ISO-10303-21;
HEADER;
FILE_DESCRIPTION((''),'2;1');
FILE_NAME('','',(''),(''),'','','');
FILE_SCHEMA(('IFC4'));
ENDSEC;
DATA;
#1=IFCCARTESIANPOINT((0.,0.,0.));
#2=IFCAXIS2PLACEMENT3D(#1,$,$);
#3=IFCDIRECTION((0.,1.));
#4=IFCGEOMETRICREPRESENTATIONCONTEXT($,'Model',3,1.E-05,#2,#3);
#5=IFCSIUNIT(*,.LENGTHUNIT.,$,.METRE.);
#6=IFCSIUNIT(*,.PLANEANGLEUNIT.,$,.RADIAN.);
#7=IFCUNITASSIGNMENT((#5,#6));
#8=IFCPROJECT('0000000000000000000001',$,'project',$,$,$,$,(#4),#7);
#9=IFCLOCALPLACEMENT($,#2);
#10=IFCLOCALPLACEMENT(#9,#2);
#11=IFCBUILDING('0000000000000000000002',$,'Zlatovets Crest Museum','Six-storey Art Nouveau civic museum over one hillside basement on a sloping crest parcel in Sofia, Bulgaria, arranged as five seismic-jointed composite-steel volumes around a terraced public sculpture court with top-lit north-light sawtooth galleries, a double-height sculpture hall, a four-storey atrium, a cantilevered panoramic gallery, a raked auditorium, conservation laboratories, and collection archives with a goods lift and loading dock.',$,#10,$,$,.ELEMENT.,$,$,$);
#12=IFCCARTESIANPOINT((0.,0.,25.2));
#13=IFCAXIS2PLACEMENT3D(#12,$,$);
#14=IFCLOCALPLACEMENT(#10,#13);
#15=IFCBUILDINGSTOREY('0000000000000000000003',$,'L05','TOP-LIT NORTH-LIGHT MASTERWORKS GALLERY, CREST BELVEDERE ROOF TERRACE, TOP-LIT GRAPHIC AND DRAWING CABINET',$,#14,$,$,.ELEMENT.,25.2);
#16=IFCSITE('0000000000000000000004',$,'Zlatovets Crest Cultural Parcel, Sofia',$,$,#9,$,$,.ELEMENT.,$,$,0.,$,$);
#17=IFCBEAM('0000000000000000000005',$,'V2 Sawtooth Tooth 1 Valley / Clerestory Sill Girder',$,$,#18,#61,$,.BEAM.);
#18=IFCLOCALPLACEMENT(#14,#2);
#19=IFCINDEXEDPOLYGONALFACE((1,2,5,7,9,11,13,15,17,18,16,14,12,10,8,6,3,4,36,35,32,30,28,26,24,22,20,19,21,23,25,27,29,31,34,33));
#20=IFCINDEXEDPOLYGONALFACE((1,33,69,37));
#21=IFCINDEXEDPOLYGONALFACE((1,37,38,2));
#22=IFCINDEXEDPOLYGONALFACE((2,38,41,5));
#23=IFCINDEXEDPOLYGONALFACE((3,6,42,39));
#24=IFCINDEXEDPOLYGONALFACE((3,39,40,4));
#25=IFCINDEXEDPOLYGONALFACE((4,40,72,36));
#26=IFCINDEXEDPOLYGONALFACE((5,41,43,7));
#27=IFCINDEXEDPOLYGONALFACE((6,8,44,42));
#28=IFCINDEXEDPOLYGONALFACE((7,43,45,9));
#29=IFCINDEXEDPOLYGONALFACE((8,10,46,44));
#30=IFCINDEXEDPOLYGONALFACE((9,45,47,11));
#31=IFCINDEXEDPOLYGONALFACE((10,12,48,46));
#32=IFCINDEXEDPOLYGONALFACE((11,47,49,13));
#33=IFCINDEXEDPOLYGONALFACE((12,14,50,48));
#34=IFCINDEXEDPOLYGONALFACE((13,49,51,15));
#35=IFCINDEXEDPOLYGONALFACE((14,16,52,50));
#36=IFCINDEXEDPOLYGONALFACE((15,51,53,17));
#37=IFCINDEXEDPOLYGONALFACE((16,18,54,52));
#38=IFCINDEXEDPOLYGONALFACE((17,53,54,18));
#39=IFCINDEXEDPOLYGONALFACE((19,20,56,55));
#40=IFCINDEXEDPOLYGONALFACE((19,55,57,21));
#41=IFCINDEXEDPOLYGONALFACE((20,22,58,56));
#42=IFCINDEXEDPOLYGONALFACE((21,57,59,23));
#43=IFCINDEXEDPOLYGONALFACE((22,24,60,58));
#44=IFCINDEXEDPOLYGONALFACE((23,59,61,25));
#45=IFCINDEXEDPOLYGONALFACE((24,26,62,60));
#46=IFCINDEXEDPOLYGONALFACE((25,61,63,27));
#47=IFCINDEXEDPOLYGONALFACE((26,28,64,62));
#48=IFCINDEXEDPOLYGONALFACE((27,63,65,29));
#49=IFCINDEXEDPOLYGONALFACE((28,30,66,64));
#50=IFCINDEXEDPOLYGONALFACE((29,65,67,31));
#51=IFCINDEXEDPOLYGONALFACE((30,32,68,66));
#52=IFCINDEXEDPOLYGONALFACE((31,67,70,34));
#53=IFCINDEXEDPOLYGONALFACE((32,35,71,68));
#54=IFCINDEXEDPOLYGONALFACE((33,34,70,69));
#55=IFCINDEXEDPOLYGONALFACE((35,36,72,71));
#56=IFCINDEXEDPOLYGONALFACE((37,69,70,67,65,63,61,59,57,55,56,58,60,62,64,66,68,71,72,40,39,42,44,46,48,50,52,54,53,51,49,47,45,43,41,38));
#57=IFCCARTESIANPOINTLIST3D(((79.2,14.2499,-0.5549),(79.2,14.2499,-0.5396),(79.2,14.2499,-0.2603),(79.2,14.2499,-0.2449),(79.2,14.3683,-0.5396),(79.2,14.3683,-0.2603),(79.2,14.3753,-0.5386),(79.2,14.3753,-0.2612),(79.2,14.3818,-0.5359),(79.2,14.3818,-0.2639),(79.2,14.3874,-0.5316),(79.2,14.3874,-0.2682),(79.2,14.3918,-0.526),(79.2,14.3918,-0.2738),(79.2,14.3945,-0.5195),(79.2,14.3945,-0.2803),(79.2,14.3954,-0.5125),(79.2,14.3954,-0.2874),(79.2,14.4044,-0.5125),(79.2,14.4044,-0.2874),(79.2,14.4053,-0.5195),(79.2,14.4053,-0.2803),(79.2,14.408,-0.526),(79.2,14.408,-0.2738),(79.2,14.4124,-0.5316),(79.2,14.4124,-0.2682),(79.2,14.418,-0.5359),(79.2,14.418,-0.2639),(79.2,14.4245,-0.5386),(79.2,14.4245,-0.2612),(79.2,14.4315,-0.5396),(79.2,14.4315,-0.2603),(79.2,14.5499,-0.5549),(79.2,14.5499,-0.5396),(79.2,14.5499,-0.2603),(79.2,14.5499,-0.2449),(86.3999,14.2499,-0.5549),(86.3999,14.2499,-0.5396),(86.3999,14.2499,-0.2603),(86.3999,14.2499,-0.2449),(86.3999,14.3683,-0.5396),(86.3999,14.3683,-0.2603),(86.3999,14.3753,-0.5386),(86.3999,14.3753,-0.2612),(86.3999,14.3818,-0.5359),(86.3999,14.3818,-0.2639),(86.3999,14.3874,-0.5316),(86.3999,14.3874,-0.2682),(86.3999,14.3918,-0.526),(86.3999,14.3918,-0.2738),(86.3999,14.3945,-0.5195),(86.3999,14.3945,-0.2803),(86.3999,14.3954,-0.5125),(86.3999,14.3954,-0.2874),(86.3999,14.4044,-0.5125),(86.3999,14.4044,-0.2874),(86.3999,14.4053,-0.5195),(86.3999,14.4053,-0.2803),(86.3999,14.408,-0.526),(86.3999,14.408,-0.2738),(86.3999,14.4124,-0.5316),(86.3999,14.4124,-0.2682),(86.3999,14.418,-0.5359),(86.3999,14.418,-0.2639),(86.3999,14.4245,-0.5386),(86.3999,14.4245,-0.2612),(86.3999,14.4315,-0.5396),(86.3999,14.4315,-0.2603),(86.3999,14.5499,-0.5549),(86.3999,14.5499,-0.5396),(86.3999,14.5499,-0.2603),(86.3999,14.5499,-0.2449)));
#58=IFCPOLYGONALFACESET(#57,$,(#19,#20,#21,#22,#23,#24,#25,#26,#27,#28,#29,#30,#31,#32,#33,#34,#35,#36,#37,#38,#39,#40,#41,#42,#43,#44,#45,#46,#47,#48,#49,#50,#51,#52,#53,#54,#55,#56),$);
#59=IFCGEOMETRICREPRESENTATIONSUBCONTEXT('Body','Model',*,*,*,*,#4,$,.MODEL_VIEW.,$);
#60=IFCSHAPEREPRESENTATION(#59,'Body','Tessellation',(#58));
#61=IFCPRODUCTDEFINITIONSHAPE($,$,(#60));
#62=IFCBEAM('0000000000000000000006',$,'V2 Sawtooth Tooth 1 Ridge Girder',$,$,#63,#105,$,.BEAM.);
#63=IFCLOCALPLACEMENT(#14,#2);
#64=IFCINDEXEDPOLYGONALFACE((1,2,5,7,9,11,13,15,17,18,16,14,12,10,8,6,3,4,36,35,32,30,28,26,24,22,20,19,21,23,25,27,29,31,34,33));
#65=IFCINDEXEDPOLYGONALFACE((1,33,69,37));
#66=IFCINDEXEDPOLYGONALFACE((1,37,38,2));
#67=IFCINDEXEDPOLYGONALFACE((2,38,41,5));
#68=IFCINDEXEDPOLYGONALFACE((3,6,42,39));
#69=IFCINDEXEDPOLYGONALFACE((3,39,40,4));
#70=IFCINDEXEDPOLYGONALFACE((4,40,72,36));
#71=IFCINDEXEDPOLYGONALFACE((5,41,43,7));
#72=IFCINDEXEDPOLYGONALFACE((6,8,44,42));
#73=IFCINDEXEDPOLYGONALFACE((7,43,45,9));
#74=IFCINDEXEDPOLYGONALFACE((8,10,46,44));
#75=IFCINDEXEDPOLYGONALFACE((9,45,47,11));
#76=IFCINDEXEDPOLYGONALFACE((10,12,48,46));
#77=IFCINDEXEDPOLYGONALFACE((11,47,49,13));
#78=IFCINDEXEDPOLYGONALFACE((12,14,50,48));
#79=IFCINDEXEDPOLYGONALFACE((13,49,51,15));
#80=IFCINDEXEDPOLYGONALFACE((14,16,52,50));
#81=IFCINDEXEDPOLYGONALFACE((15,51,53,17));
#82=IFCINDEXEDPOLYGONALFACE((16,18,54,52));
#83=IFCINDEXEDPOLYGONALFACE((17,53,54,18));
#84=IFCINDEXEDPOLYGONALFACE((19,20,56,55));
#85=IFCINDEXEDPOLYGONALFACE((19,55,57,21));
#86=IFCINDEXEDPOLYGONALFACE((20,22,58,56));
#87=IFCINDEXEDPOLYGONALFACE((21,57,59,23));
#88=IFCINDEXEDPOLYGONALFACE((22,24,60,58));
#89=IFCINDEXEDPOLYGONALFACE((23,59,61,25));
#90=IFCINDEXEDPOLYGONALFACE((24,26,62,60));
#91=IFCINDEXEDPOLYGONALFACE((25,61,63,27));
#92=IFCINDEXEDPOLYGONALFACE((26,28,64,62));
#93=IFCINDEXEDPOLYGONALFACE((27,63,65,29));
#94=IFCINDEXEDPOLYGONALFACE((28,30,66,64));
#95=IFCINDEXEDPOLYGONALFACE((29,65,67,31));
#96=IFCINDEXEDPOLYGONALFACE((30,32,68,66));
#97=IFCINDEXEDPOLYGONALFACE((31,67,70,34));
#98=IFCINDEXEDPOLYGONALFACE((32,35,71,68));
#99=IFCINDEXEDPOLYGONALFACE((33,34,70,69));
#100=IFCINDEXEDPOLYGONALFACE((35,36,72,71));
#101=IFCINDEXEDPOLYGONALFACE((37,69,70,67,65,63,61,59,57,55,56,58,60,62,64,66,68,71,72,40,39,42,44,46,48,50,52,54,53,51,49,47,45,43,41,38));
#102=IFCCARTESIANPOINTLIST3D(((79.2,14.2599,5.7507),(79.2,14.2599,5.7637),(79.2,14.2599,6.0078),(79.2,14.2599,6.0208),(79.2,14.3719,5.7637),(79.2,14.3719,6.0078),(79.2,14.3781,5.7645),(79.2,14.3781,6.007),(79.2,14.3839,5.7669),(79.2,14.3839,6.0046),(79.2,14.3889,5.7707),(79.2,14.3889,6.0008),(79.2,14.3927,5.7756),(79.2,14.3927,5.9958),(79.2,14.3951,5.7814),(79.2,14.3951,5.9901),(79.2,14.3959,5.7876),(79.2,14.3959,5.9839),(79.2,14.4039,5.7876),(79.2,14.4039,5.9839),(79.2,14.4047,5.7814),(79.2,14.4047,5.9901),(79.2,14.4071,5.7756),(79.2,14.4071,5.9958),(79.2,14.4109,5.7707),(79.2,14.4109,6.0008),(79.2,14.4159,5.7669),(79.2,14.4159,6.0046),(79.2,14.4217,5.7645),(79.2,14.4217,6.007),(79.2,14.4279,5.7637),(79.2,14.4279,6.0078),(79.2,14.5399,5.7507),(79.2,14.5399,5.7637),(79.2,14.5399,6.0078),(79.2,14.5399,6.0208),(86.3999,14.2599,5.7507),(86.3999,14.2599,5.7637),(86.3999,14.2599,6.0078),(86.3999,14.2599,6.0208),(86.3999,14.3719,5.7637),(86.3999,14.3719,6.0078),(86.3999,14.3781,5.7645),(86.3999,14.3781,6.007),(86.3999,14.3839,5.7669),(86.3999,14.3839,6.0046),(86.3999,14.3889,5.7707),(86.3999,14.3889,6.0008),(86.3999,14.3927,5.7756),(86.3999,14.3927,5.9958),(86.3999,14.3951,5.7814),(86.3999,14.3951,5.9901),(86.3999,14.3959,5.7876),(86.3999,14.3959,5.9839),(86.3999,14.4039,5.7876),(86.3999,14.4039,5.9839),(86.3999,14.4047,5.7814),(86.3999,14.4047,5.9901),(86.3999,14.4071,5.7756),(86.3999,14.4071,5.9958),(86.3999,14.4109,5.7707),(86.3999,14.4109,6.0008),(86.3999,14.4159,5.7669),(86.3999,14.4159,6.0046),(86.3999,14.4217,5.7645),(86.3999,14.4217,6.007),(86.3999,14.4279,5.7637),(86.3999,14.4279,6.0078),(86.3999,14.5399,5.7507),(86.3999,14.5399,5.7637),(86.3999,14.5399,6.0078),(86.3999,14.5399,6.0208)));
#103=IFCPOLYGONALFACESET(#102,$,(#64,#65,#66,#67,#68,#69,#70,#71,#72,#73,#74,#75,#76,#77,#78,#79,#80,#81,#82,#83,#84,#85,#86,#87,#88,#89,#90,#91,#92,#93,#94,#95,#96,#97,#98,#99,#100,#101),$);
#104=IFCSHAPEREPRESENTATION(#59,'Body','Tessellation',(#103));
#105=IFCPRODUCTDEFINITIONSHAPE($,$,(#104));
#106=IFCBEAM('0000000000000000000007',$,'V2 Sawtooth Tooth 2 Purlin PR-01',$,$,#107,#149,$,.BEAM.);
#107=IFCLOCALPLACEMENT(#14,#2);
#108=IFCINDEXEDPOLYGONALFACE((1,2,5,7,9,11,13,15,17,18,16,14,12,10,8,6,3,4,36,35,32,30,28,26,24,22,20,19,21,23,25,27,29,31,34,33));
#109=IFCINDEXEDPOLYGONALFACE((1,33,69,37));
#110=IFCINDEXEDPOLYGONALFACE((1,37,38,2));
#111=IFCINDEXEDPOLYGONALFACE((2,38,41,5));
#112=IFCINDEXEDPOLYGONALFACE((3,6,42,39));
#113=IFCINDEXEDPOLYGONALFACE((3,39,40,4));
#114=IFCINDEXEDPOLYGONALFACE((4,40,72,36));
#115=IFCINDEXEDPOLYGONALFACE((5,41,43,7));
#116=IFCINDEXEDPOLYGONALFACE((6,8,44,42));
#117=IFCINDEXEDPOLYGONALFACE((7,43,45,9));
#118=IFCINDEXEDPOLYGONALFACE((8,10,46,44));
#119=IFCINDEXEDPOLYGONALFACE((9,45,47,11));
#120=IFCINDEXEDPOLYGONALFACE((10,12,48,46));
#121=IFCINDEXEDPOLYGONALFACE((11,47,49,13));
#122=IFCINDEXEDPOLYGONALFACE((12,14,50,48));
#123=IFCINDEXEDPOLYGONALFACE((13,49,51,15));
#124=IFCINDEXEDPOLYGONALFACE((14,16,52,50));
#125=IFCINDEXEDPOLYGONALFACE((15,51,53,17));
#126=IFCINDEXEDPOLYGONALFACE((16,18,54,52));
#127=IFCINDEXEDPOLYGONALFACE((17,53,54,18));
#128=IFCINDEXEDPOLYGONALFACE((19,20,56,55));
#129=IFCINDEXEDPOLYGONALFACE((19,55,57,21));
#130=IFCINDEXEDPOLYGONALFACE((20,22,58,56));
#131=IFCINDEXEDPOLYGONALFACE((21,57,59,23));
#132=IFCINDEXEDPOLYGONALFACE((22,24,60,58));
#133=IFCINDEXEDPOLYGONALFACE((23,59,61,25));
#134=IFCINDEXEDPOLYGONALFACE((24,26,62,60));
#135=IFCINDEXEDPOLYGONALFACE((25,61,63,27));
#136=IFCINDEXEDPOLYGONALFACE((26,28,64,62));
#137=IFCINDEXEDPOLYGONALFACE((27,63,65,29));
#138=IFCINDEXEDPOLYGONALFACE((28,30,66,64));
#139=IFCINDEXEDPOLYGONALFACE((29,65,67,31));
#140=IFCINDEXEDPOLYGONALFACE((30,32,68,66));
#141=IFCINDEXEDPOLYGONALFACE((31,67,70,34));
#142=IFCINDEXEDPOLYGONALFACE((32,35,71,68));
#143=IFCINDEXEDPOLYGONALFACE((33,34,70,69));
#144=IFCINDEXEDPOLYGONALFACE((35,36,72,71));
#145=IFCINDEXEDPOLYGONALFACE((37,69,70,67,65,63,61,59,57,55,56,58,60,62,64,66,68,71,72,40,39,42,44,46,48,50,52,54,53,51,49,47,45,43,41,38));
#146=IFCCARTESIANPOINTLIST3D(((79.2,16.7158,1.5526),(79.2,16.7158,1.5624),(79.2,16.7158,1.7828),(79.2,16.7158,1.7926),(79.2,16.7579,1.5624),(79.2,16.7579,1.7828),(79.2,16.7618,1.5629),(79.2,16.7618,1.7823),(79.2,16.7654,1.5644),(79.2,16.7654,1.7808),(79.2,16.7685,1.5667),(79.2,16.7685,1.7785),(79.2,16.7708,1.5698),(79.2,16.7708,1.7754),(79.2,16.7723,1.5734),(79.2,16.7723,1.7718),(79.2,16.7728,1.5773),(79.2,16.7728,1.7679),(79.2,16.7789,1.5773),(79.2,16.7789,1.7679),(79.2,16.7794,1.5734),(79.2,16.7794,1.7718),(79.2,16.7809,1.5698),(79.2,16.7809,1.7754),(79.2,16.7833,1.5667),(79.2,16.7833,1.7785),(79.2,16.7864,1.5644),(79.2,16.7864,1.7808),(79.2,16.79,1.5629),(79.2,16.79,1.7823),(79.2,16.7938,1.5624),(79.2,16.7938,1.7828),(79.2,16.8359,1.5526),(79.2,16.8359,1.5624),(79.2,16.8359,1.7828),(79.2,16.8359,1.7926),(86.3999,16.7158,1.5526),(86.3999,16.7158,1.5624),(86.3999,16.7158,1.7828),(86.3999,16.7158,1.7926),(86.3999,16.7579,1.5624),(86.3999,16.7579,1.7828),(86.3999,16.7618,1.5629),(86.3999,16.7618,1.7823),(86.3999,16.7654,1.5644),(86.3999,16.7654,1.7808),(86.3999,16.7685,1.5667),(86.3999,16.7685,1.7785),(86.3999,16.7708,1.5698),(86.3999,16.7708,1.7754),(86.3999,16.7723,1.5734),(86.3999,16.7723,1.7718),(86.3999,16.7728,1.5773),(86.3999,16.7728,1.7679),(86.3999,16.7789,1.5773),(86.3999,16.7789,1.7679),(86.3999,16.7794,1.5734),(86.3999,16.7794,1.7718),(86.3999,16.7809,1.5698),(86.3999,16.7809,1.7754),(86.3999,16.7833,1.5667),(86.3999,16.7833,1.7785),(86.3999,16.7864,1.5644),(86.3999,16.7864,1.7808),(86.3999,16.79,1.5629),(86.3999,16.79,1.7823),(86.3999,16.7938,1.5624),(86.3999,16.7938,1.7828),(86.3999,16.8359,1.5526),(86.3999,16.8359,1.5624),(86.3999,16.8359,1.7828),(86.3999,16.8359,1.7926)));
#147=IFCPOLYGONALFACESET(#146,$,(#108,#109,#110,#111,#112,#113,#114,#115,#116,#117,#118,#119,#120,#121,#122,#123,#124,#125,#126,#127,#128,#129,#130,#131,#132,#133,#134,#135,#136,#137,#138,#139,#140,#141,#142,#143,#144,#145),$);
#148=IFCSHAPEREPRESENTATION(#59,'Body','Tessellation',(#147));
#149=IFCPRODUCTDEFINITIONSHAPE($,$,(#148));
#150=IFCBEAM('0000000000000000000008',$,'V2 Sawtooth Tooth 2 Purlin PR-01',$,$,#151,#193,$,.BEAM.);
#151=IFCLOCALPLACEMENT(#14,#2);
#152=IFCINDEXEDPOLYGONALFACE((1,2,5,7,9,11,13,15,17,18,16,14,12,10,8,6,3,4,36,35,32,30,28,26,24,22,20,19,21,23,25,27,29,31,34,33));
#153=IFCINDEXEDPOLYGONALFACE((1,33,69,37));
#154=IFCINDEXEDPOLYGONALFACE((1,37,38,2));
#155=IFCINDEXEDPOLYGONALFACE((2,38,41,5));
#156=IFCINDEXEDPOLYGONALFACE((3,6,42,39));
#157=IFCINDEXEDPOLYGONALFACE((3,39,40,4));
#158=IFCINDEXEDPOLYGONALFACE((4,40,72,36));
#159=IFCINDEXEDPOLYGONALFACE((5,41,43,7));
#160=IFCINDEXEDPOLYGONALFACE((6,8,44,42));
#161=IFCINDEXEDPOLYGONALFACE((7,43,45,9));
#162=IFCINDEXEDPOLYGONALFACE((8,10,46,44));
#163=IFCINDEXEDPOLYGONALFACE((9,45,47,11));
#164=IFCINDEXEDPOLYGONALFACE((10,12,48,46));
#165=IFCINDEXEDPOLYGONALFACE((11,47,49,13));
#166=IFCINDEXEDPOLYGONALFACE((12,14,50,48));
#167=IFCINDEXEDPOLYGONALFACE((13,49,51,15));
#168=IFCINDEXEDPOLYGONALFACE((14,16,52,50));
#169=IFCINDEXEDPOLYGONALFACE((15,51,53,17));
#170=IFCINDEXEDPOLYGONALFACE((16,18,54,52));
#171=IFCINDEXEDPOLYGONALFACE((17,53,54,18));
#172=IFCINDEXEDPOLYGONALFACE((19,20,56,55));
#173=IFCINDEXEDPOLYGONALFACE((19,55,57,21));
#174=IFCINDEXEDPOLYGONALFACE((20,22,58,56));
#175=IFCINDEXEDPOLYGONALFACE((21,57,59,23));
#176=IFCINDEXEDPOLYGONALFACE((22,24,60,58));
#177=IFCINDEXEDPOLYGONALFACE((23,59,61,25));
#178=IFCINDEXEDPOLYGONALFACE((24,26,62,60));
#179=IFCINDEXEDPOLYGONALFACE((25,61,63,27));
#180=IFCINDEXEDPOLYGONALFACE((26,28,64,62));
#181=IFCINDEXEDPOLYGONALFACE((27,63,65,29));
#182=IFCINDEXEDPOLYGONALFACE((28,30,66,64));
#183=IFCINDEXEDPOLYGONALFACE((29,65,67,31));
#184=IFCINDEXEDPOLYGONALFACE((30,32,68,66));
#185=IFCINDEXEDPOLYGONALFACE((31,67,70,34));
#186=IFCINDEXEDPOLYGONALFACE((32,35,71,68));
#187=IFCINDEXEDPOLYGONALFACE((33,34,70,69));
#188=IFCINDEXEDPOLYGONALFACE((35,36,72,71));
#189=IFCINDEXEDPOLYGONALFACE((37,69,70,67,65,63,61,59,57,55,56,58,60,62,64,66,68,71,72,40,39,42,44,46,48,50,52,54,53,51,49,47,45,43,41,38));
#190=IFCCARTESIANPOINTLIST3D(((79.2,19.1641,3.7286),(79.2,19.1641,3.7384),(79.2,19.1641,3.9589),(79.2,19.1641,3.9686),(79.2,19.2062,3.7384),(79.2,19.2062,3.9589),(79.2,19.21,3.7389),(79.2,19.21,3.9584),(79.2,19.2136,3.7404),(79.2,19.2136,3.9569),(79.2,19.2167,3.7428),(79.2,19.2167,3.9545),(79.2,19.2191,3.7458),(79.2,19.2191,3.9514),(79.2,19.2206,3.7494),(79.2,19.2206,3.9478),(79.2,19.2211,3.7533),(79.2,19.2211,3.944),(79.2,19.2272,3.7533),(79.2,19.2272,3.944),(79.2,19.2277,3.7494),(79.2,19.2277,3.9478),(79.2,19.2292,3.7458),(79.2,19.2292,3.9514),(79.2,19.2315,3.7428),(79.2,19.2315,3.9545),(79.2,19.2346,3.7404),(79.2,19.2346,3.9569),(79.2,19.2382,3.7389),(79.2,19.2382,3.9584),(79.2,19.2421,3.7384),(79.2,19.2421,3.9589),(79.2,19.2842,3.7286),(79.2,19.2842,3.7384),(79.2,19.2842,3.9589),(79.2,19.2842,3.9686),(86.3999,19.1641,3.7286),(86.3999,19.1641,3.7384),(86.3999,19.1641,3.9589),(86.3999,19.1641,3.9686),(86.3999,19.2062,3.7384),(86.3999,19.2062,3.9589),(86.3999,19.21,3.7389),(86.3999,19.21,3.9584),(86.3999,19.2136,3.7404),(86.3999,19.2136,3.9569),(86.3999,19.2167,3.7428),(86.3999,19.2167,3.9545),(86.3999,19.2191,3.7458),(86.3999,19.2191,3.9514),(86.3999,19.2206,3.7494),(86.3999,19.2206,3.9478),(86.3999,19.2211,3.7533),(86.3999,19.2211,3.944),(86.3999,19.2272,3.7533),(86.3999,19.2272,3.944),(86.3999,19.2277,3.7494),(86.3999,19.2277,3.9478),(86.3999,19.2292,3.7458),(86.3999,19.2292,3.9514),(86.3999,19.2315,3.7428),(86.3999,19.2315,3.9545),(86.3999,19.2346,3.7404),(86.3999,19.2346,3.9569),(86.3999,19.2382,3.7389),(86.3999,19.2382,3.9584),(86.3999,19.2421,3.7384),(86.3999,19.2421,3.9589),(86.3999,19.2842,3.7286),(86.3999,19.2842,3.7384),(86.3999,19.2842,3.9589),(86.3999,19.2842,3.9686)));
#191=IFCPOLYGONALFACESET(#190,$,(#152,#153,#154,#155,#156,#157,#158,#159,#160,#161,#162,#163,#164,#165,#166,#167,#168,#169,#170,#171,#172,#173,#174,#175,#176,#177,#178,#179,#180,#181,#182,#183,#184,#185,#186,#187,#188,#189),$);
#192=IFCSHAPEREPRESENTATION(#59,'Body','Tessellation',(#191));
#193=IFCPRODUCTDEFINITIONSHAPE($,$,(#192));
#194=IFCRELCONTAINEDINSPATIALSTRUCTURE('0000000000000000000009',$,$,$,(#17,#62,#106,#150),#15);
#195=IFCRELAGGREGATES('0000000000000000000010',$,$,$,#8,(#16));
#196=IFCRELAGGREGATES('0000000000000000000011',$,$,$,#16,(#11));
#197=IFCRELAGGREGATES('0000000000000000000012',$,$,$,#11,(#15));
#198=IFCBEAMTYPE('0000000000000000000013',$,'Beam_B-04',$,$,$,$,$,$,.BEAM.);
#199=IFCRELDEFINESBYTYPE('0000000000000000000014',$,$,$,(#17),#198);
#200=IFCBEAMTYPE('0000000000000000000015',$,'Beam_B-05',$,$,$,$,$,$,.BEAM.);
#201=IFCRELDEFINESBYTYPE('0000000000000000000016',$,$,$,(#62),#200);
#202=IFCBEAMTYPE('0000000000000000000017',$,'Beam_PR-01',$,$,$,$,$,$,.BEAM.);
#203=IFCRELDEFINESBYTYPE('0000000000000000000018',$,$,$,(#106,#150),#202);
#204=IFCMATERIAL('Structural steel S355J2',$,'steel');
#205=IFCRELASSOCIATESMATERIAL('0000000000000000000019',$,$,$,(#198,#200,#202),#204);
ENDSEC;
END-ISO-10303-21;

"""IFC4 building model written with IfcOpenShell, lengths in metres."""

from ifc_helpers import new_model, si_unit, direction, frame, origin, origin_2d, place, context, subcontext, project, spatial, i_section, extrude, material, material_profile, profile_set, type_object, element, save


model = new_model("IFC4")

# Units and contexts
model_context = context("Model", 3, precision=1e-05, world=origin(), true_north=direction((0.0, 1.0)))
body_context = subcontext(model_context, "Body", "Model", "MODEL_VIEW")
ifc_project = project(units=[si_unit("LENGTHUNIT", "METRE"), si_unit("PLANEANGLEUNIT", "RADIAN")], contexts=[model_context])

# Site, building, storey
site_placement = place(None, origin())
site = spatial("IfcSite", under=ifc_project, at=site_placement, Name="Zlatovets Crest Cultural Parcel, Sofia", CompositionType="ELEMENT", RefElevation=0.0)
building_placement = place(site_placement, origin())
building = spatial("IfcBuilding", under=site, at=building_placement, Name="Zlatovets Crest Museum", Description="Six-storey Art Nouveau civic museum over one hillside basement on a sloping crest parcel in Sofia, Bulgaria, arranged as five seismic-jointed composite-steel volumes around a terraced public sculpture court with top-lit north-light sawtooth galleries, a double-height sculpture hall, a four-storey atrium, a cantilevered panoramic gallery, a raked auditorium, conservation laboratories, and collection archives with a goods lift and loading dock.", CompositionType="ELEMENT")
storey_placement = place(building_placement, frame((0.0, 0.0, 25.2)))
storey = spatial("IfcBuildingStorey", under=building, at=storey_placement, Name="L05", Description="TOP-LIT NORTH-LIGHT MASTERWORKS GALLERY, CREST BELVEDERE ROOF TERRACE, TOP-LIT GRAPHIC AND DRAWING CABINET", CompositionType="ELEMENT", Elevation=25.2)

# Beams
ifc_material_1 = material(Name="Structural steel S355J2", Category="steel")
ifc_material_profile_1 = material_profile(ifc_material_1, i_section(OverallWidth=0.3, OverallDepth=0.3101, WebThickness=0.009, FlangeThickness=0.0154, FilletRadius=0.0271, at=origin_2d()), Name="HEA 320")
ifc_profile_set_1 = profile_set([ifc_material_profile_1], Name="Structural steel S355J2")
beam_type_1 = type_object("IfcBeamType", Name="Beam_B-04", PredefinedType="BEAM", material=ifc_profile_set_1)
beam_1_placement = place(storey_placement, frame((79.2, 14.3999, -0.3999), z_axis=(1.0, 0.0, 0.0), x_axis=(0.0, 1.0, 0.0)))
element("IfcBeam", 1, at=beam_1_placement, inside=storey, type_object=beam_type_1, Name="V2 Sawtooth Tooth 1 Valley / Clerestory Sill Girder", PredefinedType="BEAM", context=body_context, shape_type="SweptSolid", body=[
    extrude(i_section(OverallWidth=0.3, OverallDepth=0.3101, WebThickness=0.009, FlangeThickness=0.0154, FilletRadius=0.0271, at=origin_2d()), origin(), (0.0, 0.0, 1.0), 7.2),
])
ifc_material_profile_2 = material_profile(ifc_material_1, i_section(OverallWidth=0.28, OverallDepth=0.27, WebThickness=0.0081, FlangeThickness=0.0129, FilletRadius=0.0239, at=origin_2d()), Name="HEA 280")
ifc_profile_set_2 = profile_set([ifc_material_profile_2], Name="Structural steel S355J2")
beam_type_2 = type_object("IfcBeamType", Name="Beam_B-05", PredefinedType="BEAM", material=ifc_profile_set_2)
beam_2_placement = place(storey_placement, frame((79.2, 14.3999, 5.8857), z_axis=(1.0, 0.0, 0.0), x_axis=(0.0, 1.0, 0.0)))
element("IfcBeam", 2, at=beam_2_placement, inside=storey, type_object=beam_type_2, Name="V2 Sawtooth Tooth 1 Ridge Girder", PredefinedType="BEAM", context=body_context, shape_type="SweptSolid", body=[
    extrude(i_section(OverallWidth=0.28, OverallDepth=0.27, WebThickness=0.0081, FlangeThickness=0.0129, FilletRadius=0.0239, at=origin_2d()), origin(), (0.0, 0.0, 1.0), 7.2),
])
ifc_material_profile_3 = material_profile(ifc_material_1, i_section(OverallWidth=0.1201, OverallDepth=0.24, WebThickness=0.0061, FlangeThickness=0.0098, FilletRadius=0.0149, at=origin_2d()), Name="IPE 240")
ifc_profile_set_3 = profile_set([ifc_material_profile_3], Name="Structural steel S355J2")
beam_type_3 = type_object("IfcBeamType", Name="Beam_PR-01", PredefinedType="BEAM", material=ifc_profile_set_3)
for number, where, z_axis, x_axis, name in (
    (3, (79.2, 16.7759, 1.6726), (1.0, 0.0, 0.0), (0.0, 1.0, 0.0), "V2 Sawtooth Tooth 2 Purlin PR-01"),
    (4, (79.2, 19.2241, 3.8486), (1.0, 0.0, 0.0), (0.0, 1.0, 0.0), "V2 Sawtooth Tooth 2 Purlin PR-01"),
):
    element("IfcBeam", number, at=place(storey_placement, frame(where, z_axis=z_axis, x_axis=x_axis)), inside=storey, type_object=beam_type_3, Name=name, PredefinedType="BEAM", context=body_context, shape_type="SweptSolid", body=[
        extrude(i_section(OverallWidth=0.1201, OverallDepth=0.24, WebThickness=0.0061, FlangeThickness=0.0098, FilletRadius=0.0149, at=origin_2d()), origin(), (0.0, 0.0, 1.0), 7.2),
    ])

save(model, "model.ifc")
